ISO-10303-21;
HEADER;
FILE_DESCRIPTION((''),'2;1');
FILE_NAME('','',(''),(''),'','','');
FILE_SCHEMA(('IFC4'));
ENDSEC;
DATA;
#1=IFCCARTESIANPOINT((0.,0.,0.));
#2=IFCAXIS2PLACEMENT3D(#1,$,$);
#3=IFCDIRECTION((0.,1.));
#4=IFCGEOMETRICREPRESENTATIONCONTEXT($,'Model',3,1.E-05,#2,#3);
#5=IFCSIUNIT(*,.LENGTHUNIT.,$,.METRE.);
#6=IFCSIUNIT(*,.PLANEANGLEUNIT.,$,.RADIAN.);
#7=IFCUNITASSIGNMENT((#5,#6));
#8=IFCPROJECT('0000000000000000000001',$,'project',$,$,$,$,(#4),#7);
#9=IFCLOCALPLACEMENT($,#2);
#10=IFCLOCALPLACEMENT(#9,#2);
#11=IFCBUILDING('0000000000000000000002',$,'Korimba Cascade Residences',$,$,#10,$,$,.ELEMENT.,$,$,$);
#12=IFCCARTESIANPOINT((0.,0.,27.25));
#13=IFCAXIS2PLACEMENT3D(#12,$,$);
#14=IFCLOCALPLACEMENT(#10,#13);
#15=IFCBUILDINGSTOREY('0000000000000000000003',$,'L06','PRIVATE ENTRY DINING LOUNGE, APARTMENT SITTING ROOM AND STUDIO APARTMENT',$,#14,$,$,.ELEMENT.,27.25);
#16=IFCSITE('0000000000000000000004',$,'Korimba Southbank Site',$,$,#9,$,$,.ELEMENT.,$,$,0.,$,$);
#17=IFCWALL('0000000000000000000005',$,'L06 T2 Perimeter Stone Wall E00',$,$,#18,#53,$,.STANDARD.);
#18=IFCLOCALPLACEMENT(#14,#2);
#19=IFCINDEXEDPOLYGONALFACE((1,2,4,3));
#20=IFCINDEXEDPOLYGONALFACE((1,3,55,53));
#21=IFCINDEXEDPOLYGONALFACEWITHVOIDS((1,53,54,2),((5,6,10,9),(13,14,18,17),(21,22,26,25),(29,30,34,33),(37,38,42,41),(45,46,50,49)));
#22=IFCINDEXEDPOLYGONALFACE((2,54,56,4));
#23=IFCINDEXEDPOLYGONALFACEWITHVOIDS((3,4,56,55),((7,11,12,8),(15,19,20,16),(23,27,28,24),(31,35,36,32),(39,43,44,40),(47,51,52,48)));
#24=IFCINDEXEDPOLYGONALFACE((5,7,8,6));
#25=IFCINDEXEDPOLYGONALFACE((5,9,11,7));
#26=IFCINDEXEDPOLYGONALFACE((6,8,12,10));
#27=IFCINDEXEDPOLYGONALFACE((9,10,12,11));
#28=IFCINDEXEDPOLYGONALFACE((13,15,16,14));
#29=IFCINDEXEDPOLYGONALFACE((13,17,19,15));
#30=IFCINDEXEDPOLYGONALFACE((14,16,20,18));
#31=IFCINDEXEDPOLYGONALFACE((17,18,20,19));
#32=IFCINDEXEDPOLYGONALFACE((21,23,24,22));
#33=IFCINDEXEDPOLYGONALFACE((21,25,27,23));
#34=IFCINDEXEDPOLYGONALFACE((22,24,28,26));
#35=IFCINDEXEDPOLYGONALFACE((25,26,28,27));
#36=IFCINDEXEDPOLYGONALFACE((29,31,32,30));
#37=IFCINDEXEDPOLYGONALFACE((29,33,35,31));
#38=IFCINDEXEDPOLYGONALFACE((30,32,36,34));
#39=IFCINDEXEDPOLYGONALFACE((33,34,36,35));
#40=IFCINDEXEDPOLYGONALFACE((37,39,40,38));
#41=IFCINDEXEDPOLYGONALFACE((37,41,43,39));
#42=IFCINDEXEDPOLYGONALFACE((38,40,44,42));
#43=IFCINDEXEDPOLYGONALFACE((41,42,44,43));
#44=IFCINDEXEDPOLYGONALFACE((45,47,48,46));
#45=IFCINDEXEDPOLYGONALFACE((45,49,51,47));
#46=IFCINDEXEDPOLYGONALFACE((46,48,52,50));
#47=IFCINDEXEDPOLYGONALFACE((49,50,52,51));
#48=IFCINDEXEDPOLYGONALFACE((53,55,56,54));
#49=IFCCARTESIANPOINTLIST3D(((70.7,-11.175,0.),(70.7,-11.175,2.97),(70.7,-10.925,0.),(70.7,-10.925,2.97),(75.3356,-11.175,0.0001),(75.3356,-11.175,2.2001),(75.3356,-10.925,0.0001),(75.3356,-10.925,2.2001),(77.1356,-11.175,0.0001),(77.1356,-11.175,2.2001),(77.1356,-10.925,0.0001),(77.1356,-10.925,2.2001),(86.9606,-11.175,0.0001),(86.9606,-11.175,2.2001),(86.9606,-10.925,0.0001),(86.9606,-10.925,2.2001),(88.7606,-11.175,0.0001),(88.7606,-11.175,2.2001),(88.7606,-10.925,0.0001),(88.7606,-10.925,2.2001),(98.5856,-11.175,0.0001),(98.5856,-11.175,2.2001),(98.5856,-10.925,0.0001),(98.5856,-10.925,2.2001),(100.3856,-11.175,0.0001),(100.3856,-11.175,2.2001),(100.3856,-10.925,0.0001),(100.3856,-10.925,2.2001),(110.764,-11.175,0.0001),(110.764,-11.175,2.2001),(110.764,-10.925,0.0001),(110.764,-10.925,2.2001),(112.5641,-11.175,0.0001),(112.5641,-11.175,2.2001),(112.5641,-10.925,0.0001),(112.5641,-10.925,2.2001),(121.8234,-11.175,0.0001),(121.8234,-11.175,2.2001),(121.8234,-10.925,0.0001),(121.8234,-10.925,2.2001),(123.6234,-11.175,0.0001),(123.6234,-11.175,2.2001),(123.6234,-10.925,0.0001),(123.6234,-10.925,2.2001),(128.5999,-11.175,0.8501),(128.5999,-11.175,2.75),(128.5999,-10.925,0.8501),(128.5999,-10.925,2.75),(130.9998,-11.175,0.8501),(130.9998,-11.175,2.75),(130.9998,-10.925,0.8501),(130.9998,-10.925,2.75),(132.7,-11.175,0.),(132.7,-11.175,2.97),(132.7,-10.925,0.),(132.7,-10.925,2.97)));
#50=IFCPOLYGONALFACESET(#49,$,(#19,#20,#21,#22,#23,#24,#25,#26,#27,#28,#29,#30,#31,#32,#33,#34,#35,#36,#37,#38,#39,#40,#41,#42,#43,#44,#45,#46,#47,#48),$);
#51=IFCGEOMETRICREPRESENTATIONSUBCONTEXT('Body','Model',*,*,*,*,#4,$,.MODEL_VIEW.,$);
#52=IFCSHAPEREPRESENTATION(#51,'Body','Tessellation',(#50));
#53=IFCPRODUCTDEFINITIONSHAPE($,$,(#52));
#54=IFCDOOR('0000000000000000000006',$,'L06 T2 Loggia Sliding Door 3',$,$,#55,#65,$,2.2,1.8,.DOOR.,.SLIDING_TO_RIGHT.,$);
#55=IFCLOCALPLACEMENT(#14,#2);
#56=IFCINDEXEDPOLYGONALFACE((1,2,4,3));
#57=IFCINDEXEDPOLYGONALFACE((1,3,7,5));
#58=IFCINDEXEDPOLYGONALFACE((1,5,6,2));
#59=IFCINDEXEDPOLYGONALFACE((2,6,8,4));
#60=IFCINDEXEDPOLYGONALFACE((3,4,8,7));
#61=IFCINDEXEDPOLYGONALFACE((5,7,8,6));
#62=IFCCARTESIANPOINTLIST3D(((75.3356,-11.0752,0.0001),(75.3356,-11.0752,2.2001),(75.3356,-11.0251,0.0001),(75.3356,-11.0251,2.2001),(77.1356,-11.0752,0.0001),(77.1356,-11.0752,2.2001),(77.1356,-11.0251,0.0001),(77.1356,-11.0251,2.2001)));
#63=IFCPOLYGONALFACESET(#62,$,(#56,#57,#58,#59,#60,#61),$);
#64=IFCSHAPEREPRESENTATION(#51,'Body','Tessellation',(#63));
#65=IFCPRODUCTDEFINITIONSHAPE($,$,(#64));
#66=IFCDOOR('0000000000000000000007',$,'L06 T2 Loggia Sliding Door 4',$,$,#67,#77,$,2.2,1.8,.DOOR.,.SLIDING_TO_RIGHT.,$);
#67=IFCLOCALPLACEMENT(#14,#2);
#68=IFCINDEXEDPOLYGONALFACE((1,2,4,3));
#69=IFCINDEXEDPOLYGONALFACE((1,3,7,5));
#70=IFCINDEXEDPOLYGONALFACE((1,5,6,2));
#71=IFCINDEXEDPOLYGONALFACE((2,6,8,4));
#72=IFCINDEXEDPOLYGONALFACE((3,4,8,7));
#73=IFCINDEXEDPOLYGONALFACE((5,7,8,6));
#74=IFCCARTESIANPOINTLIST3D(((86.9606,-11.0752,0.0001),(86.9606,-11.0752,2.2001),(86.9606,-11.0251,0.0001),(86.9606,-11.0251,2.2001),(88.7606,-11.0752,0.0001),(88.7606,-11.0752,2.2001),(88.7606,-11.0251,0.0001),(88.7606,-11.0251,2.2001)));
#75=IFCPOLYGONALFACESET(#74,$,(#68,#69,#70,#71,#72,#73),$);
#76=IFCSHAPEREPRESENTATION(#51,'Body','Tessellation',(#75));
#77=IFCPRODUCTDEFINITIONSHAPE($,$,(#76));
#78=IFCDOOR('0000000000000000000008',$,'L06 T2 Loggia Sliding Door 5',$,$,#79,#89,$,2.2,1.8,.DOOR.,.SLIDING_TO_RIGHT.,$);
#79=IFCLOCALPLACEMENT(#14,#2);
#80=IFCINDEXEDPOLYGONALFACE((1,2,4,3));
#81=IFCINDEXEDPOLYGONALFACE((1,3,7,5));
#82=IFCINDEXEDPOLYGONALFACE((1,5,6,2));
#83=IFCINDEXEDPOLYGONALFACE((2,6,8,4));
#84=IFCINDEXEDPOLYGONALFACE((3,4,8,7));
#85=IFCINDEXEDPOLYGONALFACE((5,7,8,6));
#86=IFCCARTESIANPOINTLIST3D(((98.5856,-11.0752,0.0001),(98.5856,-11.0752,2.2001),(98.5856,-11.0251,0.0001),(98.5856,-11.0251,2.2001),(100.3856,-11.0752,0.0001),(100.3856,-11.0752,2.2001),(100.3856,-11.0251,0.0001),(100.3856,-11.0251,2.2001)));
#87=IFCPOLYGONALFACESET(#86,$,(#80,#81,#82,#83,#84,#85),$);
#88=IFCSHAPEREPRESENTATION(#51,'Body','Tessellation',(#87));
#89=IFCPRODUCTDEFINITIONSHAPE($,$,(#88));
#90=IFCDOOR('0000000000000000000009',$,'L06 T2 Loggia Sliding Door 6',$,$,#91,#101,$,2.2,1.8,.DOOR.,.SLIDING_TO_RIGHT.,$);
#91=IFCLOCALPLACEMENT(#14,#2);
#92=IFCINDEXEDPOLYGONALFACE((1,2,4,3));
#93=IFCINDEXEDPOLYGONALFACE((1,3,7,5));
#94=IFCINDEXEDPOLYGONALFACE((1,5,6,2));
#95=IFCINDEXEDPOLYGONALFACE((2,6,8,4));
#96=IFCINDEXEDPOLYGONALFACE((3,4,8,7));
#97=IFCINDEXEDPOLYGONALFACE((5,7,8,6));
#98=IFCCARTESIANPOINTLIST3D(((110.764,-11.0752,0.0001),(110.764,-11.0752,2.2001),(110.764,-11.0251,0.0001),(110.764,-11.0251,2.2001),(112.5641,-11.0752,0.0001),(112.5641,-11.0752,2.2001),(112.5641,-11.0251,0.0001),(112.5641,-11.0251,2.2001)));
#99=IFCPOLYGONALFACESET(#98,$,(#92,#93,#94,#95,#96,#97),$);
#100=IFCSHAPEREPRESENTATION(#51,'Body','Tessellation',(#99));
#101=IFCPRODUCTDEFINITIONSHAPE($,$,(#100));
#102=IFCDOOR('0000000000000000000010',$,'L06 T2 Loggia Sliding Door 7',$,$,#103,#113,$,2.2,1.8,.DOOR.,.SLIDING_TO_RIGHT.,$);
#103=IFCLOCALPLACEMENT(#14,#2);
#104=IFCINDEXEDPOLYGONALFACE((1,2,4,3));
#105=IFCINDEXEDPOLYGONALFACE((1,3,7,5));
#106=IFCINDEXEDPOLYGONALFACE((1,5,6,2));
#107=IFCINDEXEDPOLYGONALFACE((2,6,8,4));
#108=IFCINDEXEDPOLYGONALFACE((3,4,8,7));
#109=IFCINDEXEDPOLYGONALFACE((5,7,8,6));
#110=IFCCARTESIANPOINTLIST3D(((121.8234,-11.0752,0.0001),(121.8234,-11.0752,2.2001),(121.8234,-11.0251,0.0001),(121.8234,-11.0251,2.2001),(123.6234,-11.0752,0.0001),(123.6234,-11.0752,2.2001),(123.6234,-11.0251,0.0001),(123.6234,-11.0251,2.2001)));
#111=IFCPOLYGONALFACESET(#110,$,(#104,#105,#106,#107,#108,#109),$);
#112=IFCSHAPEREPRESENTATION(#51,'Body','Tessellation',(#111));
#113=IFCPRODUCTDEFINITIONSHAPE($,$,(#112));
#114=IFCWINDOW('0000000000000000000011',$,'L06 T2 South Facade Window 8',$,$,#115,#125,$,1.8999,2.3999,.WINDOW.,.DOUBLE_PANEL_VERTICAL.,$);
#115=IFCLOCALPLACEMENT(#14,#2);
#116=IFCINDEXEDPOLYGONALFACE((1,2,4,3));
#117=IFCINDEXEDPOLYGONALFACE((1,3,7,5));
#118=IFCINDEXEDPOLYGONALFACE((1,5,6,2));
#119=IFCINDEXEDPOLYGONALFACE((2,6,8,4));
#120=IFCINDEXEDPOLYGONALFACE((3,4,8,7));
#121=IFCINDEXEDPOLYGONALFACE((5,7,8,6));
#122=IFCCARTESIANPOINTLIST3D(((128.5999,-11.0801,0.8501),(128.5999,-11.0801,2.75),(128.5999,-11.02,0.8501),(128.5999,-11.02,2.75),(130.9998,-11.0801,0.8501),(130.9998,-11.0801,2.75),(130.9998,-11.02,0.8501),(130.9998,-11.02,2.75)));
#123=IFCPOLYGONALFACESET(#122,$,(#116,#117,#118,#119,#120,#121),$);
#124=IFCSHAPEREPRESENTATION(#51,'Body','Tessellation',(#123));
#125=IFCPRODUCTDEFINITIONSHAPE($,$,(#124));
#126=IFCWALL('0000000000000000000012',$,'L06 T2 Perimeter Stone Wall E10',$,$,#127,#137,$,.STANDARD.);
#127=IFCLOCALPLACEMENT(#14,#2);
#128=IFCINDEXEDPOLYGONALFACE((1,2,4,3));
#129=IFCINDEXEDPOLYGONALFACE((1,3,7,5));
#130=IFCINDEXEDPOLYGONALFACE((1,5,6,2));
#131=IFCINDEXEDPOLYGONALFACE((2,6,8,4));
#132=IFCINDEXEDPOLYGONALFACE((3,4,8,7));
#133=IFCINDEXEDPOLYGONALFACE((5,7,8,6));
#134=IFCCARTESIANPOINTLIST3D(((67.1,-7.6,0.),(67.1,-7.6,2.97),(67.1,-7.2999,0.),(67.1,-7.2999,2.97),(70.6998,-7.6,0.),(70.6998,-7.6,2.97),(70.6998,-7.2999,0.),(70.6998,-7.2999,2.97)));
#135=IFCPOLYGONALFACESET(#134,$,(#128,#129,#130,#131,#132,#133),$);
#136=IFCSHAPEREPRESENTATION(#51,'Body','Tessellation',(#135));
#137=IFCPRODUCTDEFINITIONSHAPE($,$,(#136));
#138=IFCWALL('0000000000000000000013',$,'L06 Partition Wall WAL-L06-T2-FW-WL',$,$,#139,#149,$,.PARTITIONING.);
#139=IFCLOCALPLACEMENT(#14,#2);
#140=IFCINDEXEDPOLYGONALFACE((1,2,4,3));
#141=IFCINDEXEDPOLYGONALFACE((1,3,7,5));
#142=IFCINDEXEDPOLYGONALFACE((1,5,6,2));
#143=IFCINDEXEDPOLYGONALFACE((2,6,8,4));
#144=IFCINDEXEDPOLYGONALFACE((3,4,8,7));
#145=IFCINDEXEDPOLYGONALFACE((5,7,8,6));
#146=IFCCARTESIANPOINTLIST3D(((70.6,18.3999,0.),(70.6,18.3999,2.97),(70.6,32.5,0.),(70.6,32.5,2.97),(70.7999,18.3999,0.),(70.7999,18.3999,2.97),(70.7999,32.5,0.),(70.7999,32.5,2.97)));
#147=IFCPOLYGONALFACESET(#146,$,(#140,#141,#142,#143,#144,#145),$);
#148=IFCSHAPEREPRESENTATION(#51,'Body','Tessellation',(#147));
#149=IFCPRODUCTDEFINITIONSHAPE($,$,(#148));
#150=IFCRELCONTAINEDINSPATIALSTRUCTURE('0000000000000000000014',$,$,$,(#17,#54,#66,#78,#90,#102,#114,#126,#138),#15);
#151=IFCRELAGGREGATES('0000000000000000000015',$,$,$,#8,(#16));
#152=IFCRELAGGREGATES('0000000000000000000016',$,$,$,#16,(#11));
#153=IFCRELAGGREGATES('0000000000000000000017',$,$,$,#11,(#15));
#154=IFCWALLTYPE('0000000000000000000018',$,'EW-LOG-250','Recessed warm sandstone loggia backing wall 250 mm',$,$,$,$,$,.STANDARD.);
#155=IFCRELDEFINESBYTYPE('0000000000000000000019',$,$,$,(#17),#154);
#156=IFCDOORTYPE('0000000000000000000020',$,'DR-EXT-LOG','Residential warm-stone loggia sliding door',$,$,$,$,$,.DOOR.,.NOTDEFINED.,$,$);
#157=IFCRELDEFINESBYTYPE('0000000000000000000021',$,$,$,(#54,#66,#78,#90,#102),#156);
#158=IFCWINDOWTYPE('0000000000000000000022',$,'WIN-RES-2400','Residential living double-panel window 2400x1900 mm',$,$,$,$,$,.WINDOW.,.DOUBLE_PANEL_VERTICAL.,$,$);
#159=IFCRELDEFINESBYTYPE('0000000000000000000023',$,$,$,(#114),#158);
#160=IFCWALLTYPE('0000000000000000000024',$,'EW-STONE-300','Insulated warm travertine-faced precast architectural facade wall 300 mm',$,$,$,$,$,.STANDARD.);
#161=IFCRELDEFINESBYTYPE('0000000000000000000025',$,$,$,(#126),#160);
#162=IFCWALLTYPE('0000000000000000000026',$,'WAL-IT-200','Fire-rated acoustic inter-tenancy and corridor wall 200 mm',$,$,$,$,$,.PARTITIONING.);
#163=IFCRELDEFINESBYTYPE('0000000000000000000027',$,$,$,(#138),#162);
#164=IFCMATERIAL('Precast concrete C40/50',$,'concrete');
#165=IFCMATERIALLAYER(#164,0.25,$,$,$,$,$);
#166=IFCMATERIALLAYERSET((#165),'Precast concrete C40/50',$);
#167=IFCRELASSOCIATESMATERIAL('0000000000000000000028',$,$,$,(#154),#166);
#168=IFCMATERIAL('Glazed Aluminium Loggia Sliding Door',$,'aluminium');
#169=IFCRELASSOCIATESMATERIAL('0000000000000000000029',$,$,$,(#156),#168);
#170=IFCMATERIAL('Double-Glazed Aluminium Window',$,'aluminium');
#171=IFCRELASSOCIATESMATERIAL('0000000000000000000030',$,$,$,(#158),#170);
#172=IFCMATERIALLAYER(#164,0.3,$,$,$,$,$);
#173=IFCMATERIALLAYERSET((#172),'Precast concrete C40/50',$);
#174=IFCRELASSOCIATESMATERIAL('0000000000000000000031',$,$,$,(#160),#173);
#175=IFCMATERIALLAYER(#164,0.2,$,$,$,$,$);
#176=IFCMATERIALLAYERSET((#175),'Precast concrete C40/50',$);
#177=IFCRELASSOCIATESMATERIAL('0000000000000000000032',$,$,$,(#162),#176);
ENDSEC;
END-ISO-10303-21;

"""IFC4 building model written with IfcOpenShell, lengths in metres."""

from ifc_helpers import new_model, si_unit, direction, frame, frame_2d, origin, place, context, subcontext, project, spatial, rectangle, extrude, material, layer, layer_set, type_object, element, fill, save


model = new_model("IFC4")

# Units and contexts
model_context = context("Model", 3, precision=1e-05, world=origin(), true_north=direction((0.0, 1.0)))
body_context = subcontext(model_context, "Body", "Model", "MODEL_VIEW")
ifc_project = project(units=[si_unit("LENGTHUNIT", "METRE"), si_unit("PLANEANGLEUNIT", "RADIAN")], contexts=[model_context])

# Site, building, storey
site_placement = place(None, origin())
site = spatial("IfcSite", under=ifc_project, at=site_placement, Name="Korimba Southbank Site", CompositionType="ELEMENT", RefElevation=0.0)
building_placement = place(site_placement, origin())
building = spatial("IfcBuilding", under=site, at=building_placement, Name="Korimba Cascade Residences", CompositionType="ELEMENT")
storey_placement = place(building_placement, frame((0.0, 0.0, 27.25)))
storey = spatial("IfcBuildingStorey", under=building, at=storey_placement, Name="L06", Description="PRIVATE ENTRY DINING LOUNGE, APARTMENT SITTING ROOM AND STUDIO APARTMENT", CompositionType="ELEMENT", Elevation=27.25)

# Wall, openings, doors, window
ifc_material_1 = material(Name="Precast concrete C40/50", Category="concrete")
ifc_layer_1 = layer(ifc_material_1, 0.25)
ifc_layer_set_1 = layer_set([ifc_layer_1], Name="Precast concrete C40/50")
wall_type_1 = type_object("IfcWallType", Name="EW-LOG-250", Description="Recessed warm sandstone loggia backing wall 250 mm", PredefinedType="STANDARD", material=ifc_layer_set_1)
wall_1_placement = place(storey_placement, frame((70.7, -11.05, 0.0), z_axis=(0.0, 0.0, 1.0), x_axis=(1.0, 0.0, 0.0)))
wall_1 = element("IfcWall", 1, at=wall_1_placement, inside=storey, type_object=wall_type_1, Name="L06 T2 Perimeter Stone Wall E00", PredefinedType="STANDARD", context=body_context, shape_type="SweptSolid", body=[
    extrude(rectangle(XDim=62.0, YDim=0.25, at=frame_2d((31.0, 0.0))), origin(), (0.0, 0.0, 1.0), 2.97),
])
opening_1_placement = place(wall_1_placement, frame((4.6357, 0.0, 0.0)))
opening_1 = element("IfcOpeningElement", 2, at=opening_1_placement, cuts=wall_1, PredefinedType="OPENING", context=body_context, shape_type="SweptSolid", body=[
    extrude(rectangle(XDim=1.8, YDim=2.2, at=frame_2d((0.8999, 1.1001))), frame((0.0, 0.135, 0.0), z_axis=(0.0, -1.0, 0.0), x_axis=(1.0, 0.0, 0.0)), (0.0, 0.0, 1.0), 0.27),
])
opening_2_placement = place(wall_1_placement, frame((16.2607, 0.0, 0.0)))
opening_2 = element("IfcOpeningElement", 3, at=opening_2_placement, cuts=wall_1, PredefinedType="OPENING", context=body_context, shape_type="SweptSolid", body=[
    extrude(rectangle(XDim=1.8, YDim=2.2, at=frame_2d((0.8999, 1.1001))), frame((0.0, 0.135, 0.0), z_axis=(0.0, -1.0, 0.0), x_axis=(1.0, 0.0, 0.0)), (0.0, 0.0, 1.0), 0.27),
])
opening_3_placement = place(wall_1_placement, frame((27.8857, 0.0, 0.0)))
opening_3 = element("IfcOpeningElement", 4, at=opening_3_placement, cuts=wall_1, PredefinedType="OPENING", context=body_context, shape_type="SweptSolid", body=[
    extrude(rectangle(XDim=1.8, YDim=2.2, at=frame_2d((0.8999, 1.1001))), frame((0.0, 0.135, 0.0), z_axis=(0.0, -1.0, 0.0), x_axis=(1.0, 0.0, 0.0)), (0.0, 0.0, 1.0), 0.27),
])
opening_4_placement = place(wall_1_placement, frame((40.0642, 0.0, 0.0)))
opening_4 = element("IfcOpeningElement", 5, at=opening_4_placement, cuts=wall_1, PredefinedType="OPENING", context=body_context, shape_type="SweptSolid", body=[
    extrude(rectangle(XDim=1.8, YDim=2.2, at=frame_2d((0.8999, 1.1001))), frame((0.0, 0.135, 0.0), z_axis=(0.0, -1.0, 0.0), x_axis=(1.0, 0.0, 0.0)), (0.0, 0.0, 1.0), 0.27),
])
opening_5_placement = place(wall_1_placement, frame((51.1235, 0.0, 0.0)))
opening_5 = element("IfcOpeningElement", 6, at=opening_5_placement, cuts=wall_1, PredefinedType="OPENING", context=body_context, shape_type="SweptSolid", body=[
    extrude(rectangle(XDim=1.8, YDim=2.2, at=frame_2d((0.8999, 1.1001))), frame((0.0, 0.135, 0.0), z_axis=(0.0, -1.0, 0.0), x_axis=(1.0, 0.0, 0.0)), (0.0, 0.0, 1.0), 0.27),
])
opening_6_placement = place(wall_1_placement, frame((57.8999, 0.0, 0.8501)))
opening_6 = element("IfcOpeningElement", 7, at=opening_6_placement, cuts=wall_1, PredefinedType="OPENING", context=body_context, shape_type="SweptSolid", body=[
    extrude(rectangle(XDim=2.3999, YDim=1.8999, at=frame_2d((1.2, 0.95))), frame((0.0, 0.135, 0.0), z_axis=(0.0, -1.0, 0.0), x_axis=(1.0, 0.0, 0.0)), (0.0, 0.0, 1.0), 0.27),
])
ifc_material_2 = material(Name="Glazed Aluminium Loggia Sliding Door", Category="aluminium")
door_type_1 = type_object("IfcDoorType", Name="DR-EXT-LOG", Description="Residential warm-stone loggia sliding door", OperationType="NOTDEFINED", PredefinedType="DOOR", material=ifc_material_2)
door_1_placement = place(opening_1_placement, origin())
door_1 = element("IfcDoor", 8, at=door_1_placement, inside=storey, type_object=door_type_1, Name="L06 T2 Loggia Sliding Door 3", OperationType="SLIDING_TO_RIGHT", OverallHeight=2.2, OverallWidth=1.8, PredefinedType="DOOR", context=body_context, shape_type="SweptSolid", body=[
    extrude(rectangle(XDim=1.8, YDim=2.2, at=frame_2d((0.8999, 1.1001))), frame((0.0, 0.0249, 0.0), z_axis=(0.0, -1.0, 0.0), x_axis=(1.0, 0.0, 0.0)), (0.0, 0.0, 1.0), 0.05),
])
fill(opening_1, door_1)
door_2_placement = place(opening_2_placement, origin())
door_2 = element("IfcDoor", 9, at=door_2_placement, inside=storey, type_object=door_type_1, Name="L06 T2 Loggia Sliding Door 4", OperationType="SLIDING_TO_RIGHT", OverallHeight=2.2, OverallWidth=1.8, PredefinedType="DOOR", context=body_context, shape_type="SweptSolid", body=[
    extrude(rectangle(XDim=1.8, YDim=2.2, at=frame_2d((0.8999, 1.1001))), frame((0.0, 0.0249, 0.0), z_axis=(0.0, -1.0, 0.0), x_axis=(1.0, 0.0, 0.0)), (0.0, 0.0, 1.0), 0.05),
])
fill(opening_2, door_2)
door_3_placement = place(opening_3_placement, origin())
door_3 = element("IfcDoor", 10, at=door_3_placement, inside=storey, type_object=door_type_1, Name="L06 T2 Loggia Sliding Door 5", OperationType="SLIDING_TO_RIGHT", OverallHeight=2.2, OverallWidth=1.8, PredefinedType="DOOR", context=body_context, shape_type="SweptSolid", body=[
    extrude(rectangle(XDim=1.8, YDim=2.2, at=frame_2d((0.8999, 1.1001))), frame((0.0, 0.0249, 0.0), z_axis=(0.0, -1.0, 0.0), x_axis=(1.0, 0.0, 0.0)), (0.0, 0.0, 1.0), 0.05),
])
fill(opening_3, door_3)
door_4_placement = place(opening_4_placement, origin())
door_4 = element("IfcDoor", 11, at=door_4_placement, inside=storey, type_object=door_type_1, Name="L06 T2 Loggia Sliding Door 6", OperationType="SLIDING_TO_RIGHT", OverallHeight=2.2, OverallWidth=1.8, PredefinedType="DOOR", context=body_context, shape_type="SweptSolid", body=[
    extrude(rectangle(XDim=1.8, YDim=2.2, at=frame_2d((0.8999, 1.1001))), frame((0.0, 0.0249, 0.0), z_axis=(0.0, -1.0, 0.0), x_axis=(1.0, 0.0, 0.0)), (0.0, 0.0, 1.0), 0.05),
])
fill(opening_4, door_4)
door_5_placement = place(opening_5_placement, origin())
door_5 = element("IfcDoor", 12, at=door_5_placement, inside=storey, type_object=door_type_1, Name="L06 T2 Loggia Sliding Door 7", OperationType="SLIDING_TO_RIGHT", OverallHeight=2.2, OverallWidth=1.8, PredefinedType="DOOR", context=body_context, shape_type="SweptSolid", body=[
    extrude(rectangle(XDim=1.8, YDim=2.2, at=frame_2d((0.8999, 1.1001))), frame((0.0, 0.0249, 0.0), z_axis=(0.0, -1.0, 0.0), x_axis=(1.0, 0.0, 0.0)), (0.0, 0.0, 1.0), 0.05),
])
fill(opening_5, door_5)
ifc_material_3 = material(Name="Double-Glazed Aluminium Window", Category="aluminium")
window_type = type_object("IfcWindowType", Name="WIN-RES-2400", Description="Residential living double-panel window 2400x1900 mm", PartitioningType="DOUBLE_PANEL_VERTICAL", PredefinedType="WINDOW", material=ifc_material_3)
window_placement = place(opening_6_placement, origin())
window = element("IfcWindow", 13, at=window_placement, inside=storey, type_object=window_type, Name="L06 T2 South Facade Window 8", OverallHeight=1.8999, OverallWidth=2.3999, PartitioningType="DOUBLE_PANEL_VERTICAL", PredefinedType="WINDOW", context=body_context, shape_type="SweptSolid", body=[
    extrude(rectangle(XDim=2.3999, YDim=1.8999, at=frame_2d((1.2, 0.95))), frame((0.0, 0.03, 0.0), z_axis=(0.0, -1.0, 0.0), x_axis=(1.0, 0.0, 0.0)), (0.0, 0.0, 1.0), 0.0601),
])
fill(opening_6, window)

# Walls
ifc_layer_2 = layer(ifc_material_1, 0.3)
ifc_layer_set_2 = layer_set([ifc_layer_2], Name="Precast concrete C40/50")
wall_type_2 = type_object("IfcWallType", Name="EW-STONE-300", Description="Insulated warm travertine-faced precast architectural facade wall 300 mm", PredefinedType="STANDARD", material=ifc_layer_set_2)
wall_2_placement = place(storey_placement, frame((67.1001, -7.45, 0.0), z_axis=(0.0, 0.0, 1.0), x_axis=(1.0, 0.0, 0.0)))
element("IfcWall", 14, at=wall_2_placement, inside=storey, type_object=wall_type_2, Name="L06 T2 Perimeter Stone Wall E10", PredefinedType="STANDARD", context=body_context, shape_type="SweptSolid", body=[
    extrude(rectangle(XDim=3.5999, YDim=0.3, at=frame_2d((1.7998, 0.0))), origin(), (0.0, 0.0, 1.0), 2.97),
])
ifc_layer_3 = layer(ifc_material_1, 0.2)
ifc_layer_set_3 = layer_set([ifc_layer_3], Name="Precast concrete C40/50")
wall_type_3 = type_object("IfcWallType", Name="WAL-IT-200", Description="Fire-rated acoustic inter-tenancy and corridor wall 200 mm", PredefinedType="PARTITIONING", material=ifc_layer_set_3)
wall_3_placement = place(storey_placement, frame((70.7, 18.3999, 0.0), z_axis=(0.0, 0.0, 1.0), x_axis=(0.0, 1.0, 0.0)))
element("IfcWall", 15, at=wall_3_placement, inside=storey, type_object=wall_type_3, Name="L06 Partition Wall WAL-L06-T2-FW-WL", PredefinedType="PARTITIONING", context=body_context, shape_type="SweptSolid", body=[
    extrude(rectangle(XDim=14.1001, YDim=0.2, at=frame_2d((7.05, 0.0))), origin(), (0.0, 0.0, 1.0), 2.97),
])

save(model, "model.ifc")
